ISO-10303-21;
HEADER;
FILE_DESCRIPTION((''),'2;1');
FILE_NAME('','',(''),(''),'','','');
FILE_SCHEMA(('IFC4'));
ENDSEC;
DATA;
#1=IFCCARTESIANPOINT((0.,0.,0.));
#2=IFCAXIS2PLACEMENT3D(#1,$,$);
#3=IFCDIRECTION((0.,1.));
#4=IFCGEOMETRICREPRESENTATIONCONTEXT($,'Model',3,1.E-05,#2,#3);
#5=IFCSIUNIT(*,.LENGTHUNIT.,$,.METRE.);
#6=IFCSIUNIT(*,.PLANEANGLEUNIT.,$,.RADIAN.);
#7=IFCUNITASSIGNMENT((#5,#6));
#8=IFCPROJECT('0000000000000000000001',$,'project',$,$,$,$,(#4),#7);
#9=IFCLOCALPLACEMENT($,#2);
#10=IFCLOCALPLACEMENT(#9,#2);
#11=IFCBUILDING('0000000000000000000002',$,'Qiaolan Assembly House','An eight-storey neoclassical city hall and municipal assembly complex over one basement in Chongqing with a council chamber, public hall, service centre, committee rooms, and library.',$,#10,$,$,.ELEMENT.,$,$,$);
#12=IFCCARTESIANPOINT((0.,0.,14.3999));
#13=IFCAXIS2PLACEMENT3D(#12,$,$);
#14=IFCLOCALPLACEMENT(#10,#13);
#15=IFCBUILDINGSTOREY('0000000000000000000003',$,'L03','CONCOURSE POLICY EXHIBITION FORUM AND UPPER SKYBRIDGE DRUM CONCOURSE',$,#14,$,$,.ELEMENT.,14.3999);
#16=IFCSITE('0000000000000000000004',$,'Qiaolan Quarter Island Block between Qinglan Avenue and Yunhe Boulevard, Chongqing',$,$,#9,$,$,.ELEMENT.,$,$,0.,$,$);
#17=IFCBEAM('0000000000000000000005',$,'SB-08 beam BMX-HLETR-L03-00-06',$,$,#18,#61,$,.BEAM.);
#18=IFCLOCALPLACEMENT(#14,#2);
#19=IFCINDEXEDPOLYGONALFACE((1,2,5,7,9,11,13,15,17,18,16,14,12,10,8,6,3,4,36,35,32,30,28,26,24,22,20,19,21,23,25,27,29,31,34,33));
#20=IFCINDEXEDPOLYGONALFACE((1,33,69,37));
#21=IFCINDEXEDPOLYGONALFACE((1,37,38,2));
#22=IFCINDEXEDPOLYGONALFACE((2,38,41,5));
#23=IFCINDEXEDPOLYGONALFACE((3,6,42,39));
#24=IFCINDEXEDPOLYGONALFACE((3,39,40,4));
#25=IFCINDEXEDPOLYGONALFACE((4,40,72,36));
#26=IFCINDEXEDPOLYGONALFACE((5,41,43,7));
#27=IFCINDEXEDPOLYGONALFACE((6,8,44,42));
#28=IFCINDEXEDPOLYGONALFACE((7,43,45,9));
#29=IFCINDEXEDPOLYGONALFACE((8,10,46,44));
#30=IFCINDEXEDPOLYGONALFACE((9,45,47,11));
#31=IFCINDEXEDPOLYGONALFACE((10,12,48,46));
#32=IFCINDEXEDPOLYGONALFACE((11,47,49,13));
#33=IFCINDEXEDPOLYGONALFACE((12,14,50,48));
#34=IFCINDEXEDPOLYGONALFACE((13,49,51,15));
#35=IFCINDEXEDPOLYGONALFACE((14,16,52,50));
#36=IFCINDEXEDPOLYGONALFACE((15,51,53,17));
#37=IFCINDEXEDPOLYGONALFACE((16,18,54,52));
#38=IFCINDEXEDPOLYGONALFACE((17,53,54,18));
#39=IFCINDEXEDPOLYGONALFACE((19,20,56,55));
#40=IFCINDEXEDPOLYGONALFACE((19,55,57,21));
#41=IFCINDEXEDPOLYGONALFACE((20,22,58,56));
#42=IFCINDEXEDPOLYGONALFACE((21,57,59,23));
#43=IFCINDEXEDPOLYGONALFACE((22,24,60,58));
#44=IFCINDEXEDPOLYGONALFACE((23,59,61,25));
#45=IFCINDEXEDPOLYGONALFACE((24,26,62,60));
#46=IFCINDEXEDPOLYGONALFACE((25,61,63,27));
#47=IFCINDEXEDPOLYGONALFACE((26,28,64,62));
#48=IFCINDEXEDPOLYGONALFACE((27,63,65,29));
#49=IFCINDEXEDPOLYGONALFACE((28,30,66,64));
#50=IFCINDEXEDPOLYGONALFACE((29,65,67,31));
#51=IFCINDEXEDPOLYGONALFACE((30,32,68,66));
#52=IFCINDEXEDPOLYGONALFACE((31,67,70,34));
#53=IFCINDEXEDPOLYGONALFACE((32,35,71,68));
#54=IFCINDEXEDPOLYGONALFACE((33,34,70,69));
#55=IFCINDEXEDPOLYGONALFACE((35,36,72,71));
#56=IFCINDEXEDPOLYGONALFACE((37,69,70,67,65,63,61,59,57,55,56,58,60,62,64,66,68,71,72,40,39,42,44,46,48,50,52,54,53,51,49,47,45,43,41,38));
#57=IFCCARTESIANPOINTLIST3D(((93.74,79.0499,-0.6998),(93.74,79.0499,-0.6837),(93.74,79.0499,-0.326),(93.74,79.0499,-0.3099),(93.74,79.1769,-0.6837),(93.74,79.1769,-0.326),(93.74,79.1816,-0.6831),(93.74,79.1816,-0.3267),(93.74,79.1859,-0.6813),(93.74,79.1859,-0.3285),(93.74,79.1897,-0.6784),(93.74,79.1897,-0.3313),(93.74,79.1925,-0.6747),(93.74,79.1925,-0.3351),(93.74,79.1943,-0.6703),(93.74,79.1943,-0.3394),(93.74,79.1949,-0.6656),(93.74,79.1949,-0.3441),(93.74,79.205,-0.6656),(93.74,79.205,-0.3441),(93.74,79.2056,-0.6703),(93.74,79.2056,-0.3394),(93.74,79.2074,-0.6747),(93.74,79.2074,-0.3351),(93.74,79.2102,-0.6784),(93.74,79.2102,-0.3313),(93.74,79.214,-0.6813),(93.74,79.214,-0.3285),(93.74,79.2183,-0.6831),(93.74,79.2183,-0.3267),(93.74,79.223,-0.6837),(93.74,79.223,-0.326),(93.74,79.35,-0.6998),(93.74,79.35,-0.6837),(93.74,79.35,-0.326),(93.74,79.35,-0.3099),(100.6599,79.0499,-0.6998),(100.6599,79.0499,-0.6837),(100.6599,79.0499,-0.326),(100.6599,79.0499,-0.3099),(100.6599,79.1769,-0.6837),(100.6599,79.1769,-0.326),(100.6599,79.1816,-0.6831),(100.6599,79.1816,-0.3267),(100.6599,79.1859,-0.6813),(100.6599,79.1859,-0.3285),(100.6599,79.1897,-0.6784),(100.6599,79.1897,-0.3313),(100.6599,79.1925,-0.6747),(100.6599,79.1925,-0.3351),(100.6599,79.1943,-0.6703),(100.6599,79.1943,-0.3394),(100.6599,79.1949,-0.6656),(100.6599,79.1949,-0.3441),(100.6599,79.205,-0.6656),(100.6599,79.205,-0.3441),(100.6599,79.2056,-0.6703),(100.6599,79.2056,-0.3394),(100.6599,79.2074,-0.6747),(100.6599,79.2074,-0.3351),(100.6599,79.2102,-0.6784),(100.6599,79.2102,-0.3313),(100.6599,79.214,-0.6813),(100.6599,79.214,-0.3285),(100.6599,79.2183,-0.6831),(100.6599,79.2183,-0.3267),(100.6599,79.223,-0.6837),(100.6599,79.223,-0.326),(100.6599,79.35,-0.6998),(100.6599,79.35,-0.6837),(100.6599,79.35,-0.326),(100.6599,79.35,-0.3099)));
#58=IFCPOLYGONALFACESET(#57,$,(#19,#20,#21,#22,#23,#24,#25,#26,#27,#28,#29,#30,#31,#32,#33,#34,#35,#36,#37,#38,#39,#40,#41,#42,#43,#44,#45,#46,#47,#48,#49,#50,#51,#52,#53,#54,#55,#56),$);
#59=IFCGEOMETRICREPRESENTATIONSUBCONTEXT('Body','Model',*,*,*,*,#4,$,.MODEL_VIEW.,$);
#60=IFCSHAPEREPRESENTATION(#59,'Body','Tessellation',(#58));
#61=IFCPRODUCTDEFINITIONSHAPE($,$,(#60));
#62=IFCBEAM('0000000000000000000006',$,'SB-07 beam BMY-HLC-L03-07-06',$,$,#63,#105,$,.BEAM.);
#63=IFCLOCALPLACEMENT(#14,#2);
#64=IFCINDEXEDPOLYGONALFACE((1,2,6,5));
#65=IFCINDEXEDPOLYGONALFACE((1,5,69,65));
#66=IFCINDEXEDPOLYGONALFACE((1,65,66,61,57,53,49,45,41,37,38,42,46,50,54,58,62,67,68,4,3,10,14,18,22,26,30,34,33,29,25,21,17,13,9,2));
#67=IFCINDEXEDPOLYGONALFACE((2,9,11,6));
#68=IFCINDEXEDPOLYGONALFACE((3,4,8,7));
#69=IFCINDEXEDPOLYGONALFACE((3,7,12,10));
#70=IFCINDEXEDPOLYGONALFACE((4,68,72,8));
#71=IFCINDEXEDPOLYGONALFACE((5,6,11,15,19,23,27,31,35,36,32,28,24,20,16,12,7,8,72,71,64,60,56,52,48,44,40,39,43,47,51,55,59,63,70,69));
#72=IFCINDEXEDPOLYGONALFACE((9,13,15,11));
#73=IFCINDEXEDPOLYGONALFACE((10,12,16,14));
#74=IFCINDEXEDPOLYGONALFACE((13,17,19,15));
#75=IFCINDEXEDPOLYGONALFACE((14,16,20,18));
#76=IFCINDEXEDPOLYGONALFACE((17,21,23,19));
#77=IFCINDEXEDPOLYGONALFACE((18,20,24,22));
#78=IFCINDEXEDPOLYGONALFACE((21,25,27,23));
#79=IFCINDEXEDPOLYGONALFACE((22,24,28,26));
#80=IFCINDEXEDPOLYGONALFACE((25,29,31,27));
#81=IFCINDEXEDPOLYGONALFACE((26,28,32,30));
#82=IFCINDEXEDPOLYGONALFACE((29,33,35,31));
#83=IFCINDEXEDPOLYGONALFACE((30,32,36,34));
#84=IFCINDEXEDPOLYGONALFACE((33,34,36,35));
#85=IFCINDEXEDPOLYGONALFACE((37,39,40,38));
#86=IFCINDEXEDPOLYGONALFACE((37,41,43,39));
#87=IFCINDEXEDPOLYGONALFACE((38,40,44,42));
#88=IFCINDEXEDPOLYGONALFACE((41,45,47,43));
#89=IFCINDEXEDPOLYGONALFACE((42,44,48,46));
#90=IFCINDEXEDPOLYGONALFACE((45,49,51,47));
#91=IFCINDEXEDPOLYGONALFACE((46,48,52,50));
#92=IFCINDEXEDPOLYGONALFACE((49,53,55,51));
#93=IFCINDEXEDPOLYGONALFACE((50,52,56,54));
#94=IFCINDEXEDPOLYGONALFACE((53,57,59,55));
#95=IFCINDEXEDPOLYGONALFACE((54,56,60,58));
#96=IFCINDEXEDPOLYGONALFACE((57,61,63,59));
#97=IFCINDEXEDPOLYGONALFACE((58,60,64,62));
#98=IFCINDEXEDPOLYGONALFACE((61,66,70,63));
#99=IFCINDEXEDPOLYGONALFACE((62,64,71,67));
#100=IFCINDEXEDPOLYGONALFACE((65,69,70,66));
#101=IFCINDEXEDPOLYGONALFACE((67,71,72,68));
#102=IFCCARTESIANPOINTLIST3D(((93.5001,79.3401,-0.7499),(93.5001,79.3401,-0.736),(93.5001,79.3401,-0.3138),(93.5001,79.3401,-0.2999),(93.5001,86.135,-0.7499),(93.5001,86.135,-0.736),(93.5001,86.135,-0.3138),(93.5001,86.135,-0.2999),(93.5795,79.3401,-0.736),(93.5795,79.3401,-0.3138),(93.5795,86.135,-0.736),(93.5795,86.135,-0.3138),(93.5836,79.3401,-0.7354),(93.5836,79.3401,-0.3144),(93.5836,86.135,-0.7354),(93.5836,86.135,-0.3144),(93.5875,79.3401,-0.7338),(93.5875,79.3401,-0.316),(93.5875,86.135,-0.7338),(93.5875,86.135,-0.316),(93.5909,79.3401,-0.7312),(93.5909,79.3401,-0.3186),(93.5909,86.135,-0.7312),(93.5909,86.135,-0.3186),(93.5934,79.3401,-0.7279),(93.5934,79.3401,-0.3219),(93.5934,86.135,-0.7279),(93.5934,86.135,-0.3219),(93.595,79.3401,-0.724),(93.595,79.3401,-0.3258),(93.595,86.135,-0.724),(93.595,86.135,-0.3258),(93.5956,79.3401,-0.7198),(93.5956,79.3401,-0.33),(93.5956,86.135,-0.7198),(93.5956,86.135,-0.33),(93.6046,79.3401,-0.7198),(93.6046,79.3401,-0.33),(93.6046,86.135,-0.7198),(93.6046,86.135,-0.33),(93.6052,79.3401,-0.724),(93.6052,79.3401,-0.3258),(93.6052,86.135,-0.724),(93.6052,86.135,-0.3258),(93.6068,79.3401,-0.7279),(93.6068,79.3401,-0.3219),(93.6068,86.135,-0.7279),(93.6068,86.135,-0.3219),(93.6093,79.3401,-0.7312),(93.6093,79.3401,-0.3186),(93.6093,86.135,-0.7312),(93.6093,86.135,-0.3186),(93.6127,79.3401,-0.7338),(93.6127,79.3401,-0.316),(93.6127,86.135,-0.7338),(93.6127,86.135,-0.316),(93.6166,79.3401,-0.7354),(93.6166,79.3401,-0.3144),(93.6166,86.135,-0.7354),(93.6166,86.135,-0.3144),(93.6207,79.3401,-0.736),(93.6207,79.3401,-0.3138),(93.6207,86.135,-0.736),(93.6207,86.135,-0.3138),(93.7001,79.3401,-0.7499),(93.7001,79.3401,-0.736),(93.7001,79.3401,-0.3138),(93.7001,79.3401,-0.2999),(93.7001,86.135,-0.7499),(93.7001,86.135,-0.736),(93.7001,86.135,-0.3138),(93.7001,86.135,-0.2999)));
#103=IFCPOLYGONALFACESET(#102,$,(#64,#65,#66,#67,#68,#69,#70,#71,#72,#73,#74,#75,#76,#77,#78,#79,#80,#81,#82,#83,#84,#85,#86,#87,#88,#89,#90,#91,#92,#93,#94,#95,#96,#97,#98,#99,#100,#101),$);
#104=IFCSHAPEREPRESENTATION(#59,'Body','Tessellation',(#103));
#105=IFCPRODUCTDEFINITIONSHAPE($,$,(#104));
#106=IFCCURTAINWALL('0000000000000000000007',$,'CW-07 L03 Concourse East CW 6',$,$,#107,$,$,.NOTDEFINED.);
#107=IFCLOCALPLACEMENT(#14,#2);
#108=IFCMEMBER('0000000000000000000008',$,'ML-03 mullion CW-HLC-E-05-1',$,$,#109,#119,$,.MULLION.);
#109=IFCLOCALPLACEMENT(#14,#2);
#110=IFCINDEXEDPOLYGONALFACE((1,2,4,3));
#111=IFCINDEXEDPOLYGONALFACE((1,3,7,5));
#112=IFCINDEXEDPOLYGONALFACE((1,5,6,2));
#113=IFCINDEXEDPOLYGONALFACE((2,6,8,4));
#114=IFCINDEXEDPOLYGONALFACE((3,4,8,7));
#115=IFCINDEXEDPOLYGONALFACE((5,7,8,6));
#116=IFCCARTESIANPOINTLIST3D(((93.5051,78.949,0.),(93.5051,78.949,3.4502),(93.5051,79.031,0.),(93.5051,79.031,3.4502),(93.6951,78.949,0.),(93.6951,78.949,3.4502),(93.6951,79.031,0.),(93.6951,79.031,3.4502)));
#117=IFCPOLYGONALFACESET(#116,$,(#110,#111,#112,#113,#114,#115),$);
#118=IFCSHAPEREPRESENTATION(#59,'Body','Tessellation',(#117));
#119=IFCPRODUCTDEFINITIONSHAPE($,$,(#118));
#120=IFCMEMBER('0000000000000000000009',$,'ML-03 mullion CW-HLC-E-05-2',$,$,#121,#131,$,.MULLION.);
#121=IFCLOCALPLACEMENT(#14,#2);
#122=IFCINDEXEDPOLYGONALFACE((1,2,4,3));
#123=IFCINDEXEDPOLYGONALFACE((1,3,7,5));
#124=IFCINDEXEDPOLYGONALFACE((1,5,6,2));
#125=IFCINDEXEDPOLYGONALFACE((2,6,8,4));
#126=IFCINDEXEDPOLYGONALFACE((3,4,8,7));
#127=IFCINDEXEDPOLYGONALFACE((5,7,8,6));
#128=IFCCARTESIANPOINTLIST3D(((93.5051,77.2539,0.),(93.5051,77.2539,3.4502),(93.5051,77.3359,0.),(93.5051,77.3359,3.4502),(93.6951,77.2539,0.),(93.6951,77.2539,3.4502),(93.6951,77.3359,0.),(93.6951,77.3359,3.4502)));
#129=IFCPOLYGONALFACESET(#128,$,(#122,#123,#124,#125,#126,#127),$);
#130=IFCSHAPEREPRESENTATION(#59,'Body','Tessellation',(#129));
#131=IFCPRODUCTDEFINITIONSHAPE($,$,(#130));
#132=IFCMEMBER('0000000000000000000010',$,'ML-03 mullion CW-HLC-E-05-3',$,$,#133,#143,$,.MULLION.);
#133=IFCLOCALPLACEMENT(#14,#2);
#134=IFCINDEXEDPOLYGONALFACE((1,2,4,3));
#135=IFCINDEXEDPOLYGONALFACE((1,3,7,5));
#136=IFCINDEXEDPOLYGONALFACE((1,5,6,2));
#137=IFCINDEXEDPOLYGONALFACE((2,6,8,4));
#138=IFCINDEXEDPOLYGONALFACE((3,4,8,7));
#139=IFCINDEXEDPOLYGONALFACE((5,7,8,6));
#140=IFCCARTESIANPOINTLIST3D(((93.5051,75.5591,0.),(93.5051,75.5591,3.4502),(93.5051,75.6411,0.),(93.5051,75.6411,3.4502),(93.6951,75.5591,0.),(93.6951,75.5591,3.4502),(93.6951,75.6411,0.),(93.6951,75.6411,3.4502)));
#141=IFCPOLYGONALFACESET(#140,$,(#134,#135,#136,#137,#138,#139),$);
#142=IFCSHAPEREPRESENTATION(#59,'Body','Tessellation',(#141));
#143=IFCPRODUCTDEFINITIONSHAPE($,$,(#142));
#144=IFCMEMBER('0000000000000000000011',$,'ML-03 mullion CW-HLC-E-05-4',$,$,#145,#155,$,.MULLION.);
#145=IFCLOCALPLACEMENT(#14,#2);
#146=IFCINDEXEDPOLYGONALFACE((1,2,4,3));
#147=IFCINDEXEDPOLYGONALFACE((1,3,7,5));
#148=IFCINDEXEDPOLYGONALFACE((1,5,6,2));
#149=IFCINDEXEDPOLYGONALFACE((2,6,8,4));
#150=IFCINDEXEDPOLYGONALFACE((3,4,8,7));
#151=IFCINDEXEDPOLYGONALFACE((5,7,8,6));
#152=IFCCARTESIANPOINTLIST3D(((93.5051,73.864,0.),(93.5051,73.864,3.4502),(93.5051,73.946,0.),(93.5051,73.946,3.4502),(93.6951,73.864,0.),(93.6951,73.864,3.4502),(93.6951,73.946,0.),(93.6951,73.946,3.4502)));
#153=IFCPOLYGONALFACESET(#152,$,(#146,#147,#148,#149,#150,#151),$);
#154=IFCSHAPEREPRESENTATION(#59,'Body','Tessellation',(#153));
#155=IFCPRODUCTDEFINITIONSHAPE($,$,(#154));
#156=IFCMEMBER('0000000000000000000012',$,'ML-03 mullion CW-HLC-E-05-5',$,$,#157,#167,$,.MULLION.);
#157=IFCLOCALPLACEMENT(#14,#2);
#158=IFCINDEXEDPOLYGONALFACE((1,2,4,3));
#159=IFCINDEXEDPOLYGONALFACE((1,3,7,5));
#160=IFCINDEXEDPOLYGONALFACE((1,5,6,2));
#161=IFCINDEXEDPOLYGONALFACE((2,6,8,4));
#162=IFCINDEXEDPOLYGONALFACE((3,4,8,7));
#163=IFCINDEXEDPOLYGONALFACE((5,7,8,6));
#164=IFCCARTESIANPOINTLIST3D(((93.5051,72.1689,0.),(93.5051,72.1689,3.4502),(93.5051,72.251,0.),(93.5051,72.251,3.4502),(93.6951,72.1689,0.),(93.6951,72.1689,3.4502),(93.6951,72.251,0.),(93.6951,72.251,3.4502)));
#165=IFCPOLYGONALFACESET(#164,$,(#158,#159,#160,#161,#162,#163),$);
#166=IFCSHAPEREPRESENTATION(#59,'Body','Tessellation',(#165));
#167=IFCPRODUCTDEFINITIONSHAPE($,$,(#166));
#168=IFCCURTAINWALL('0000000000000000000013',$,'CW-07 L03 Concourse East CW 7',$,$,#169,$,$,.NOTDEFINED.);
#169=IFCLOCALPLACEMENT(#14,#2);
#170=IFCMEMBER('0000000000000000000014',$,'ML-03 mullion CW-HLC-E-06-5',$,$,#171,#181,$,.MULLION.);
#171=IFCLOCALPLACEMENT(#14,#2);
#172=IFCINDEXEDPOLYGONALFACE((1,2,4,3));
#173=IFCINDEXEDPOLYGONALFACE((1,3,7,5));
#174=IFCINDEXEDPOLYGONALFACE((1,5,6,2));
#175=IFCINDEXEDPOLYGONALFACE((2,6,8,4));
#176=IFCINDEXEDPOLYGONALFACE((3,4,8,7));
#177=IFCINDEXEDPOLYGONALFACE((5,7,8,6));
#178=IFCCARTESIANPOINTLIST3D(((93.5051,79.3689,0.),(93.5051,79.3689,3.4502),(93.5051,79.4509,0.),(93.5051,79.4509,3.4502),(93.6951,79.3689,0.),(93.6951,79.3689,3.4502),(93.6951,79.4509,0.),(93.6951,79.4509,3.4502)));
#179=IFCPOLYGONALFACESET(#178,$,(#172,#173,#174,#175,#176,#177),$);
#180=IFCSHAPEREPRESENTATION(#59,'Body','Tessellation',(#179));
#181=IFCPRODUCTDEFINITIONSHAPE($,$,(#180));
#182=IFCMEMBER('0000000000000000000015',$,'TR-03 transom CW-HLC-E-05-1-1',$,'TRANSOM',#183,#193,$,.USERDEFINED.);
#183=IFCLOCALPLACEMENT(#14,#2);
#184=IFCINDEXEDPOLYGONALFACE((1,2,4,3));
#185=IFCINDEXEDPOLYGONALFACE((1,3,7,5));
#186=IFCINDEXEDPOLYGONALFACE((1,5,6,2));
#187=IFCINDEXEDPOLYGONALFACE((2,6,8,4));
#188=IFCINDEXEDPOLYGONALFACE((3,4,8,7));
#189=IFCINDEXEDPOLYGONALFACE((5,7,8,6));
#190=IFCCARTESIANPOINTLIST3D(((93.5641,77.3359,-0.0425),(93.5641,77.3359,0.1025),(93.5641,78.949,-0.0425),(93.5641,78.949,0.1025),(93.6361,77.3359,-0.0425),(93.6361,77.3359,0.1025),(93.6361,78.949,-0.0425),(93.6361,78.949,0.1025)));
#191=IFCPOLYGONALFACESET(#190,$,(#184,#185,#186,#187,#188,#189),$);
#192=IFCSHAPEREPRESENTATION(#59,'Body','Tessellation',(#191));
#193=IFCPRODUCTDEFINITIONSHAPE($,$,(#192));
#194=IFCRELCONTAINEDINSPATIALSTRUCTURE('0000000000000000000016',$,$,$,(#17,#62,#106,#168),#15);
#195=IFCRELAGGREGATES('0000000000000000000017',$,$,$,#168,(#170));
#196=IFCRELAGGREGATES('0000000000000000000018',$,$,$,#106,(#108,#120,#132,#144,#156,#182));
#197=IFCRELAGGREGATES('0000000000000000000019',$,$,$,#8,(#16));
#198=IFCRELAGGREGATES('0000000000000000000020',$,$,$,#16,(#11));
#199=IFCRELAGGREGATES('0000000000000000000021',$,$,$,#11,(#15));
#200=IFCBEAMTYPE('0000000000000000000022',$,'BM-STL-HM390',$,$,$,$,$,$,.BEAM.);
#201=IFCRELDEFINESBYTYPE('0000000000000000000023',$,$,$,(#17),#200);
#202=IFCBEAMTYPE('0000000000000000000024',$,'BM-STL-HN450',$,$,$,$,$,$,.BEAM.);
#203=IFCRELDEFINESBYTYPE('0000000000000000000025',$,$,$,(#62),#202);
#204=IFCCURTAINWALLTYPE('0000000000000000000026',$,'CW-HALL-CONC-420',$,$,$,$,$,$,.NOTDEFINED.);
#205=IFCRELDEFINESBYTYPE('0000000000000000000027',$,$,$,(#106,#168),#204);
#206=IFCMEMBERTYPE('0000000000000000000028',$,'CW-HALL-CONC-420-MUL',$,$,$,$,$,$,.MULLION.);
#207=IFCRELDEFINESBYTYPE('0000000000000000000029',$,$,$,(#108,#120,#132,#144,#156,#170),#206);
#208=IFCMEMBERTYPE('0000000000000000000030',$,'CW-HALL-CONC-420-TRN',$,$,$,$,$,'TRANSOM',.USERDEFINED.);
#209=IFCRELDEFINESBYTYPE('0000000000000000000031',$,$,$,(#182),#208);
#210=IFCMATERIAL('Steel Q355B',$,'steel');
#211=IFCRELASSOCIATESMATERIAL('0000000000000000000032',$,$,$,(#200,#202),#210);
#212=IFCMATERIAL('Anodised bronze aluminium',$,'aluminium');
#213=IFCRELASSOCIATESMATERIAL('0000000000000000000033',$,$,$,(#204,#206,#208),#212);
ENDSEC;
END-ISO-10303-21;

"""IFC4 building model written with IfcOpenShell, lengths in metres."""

from ifc_helpers import new_model, si_unit, direction, frame, origin, origin_2d, place, context, subcontext, project, spatial, rectangle, i_section, extrude, material, material_profile, profile_set, type_object, element, aggregate, save


model = new_model("IFC4")

# Units and contexts
model_context = context("Model", 3, precision=1e-05, world=origin(), true_north=direction((0.0, 1.0)))
body_context = subcontext(model_context, "Body", "Model", "MODEL_VIEW")
ifc_project = project(units=[si_unit("LENGTHUNIT", "METRE"), si_unit("PLANEANGLEUNIT", "RADIAN")], contexts=[model_context])

# Site, building, storey
site_placement = place(None, origin())
site = spatial("IfcSite", under=ifc_project, at=site_placement, Name="Qiaolan Quarter Island Block between Qinglan Avenue and Yunhe Boulevard, Chongqing", CompositionType="ELEMENT", RefElevation=0.0)
building_placement = place(site_placement, origin())
building = spatial("IfcBuilding", under=site, at=building_placement, Name="Qiaolan Assembly House", Description="An eight-storey neoclassical city hall and municipal assembly complex over one basement in Chongqing with a council chamber, public hall, service centre, committee rooms, and library.", CompositionType="ELEMENT")
storey_placement = place(building_placement, frame((0.0, 0.0, 14.3999)))
storey = spatial("IfcBuildingStorey", under=building, at=storey_placement, Name="L03", Description="CONCOURSE POLICY EXHIBITION FORUM AND UPPER SKYBRIDGE DRUM CONCOURSE", CompositionType="ELEMENT", Elevation=14.3999)

# Shared definitions
ifc_material_1 = material(Name="Steel Q355B", Category="steel")

# Beams
ifc_material_profile_1 = material_profile(ifc_material_1, i_section(OverallWidth=0.3, OverallDepth=0.3899, WebThickness=0.01, FlangeThickness=0.0161, FilletRadius=0.0181, at=origin_2d()), Name="HM 390x300x10x16")
ifc_profile_set_1 = profile_set([ifc_material_profile_1], Name="Steel Q355B")
beam_type_1 = type_object("IfcBeamType", Name="BM-STL-HM390", PredefinedType="BEAM", material=ifc_profile_set_1)
for number, where, z_axis, x_axis, name in (
    (1, (93.74, 79.2, -0.5049), (1.0, 0.0, 0.0), (0.0, 1.0, 0.0), "SB-08 beam BMX-HLETR-L03-00-06"),
):
    element("IfcBeam", number, at=place(storey_placement, frame(where, z_axis=z_axis, x_axis=x_axis)), inside=storey, type_object=beam_type_1, Name=name, PredefinedType="BEAM", context=body_context, shape_type="SweptSolid", body=[
        extrude(i_section(OverallWidth=0.3, OverallDepth=0.3899, WebThickness=0.01, FlangeThickness=0.0161, FilletRadius=0.0181, at=origin_2d()), origin(), (0.0, 0.0, 1.0), 6.9199),
    ])
ifc_material_profile_2 = material_profile(ifc_material_1, i_section(OverallWidth=0.2, OverallDepth=0.45, WebThickness=0.009, FlangeThickness=0.0139, FilletRadius=0.0161, at=origin_2d()), Name="HN 450x200x9x14")
ifc_profile_set_2 = profile_set([ifc_material_profile_2], Name="Steel Q355B")
beam_type_2 = type_object("IfcBeamType", Name="BM-STL-HN450", PredefinedType="BEAM", material=ifc_profile_set_2)
beam_1_placement = place(storey_placement, frame((93.6001, 79.3401, -0.5249), z_axis=(0.0, 1.0, 0.0), x_axis=(-1.0, 0.0, 0.0)))
element("IfcBeam", 2, at=beam_1_placement, inside=storey, type_object=beam_type_2, Name="SB-07 beam BMY-HLC-L03-07-06", PredefinedType="BEAM", context=body_context, shape_type="SweptSolid", body=[
    extrude(i_section(OverallWidth=0.2, OverallDepth=0.45, WebThickness=0.009, FlangeThickness=0.0139, FilletRadius=0.0161, at=origin_2d()), origin(), (0.0, 0.0, 1.0), 6.7949),
])

# Curtain wall, members
ifc_material_2 = material(Name="Anodised bronze aluminium", Category="aluminium")
curtain_wall_type = type_object("IfcCurtainWallType", Name="CW-HALL-CONC-420", PredefinedType="NOTDEFINED", material=ifc_material_2)
curtain_wall_1_placement = place(storey_placement, origin())
curtain_wall_1 = element("IfcCurtainWall", 3, at=curtain_wall_1_placement, inside=storey, type_object=curtain_wall_type, Name="CW-07 L03 Concourse East CW 6", PredefinedType="NOTDEFINED")
ifc_material_profile_3 = material_profile(ifc_material_2, rectangle(XDim=0.082, YDim=0.1899, at=origin_2d()), Name="MUL 82x190")
ifc_profile_set_3 = profile_set([ifc_material_profile_3], Name="Anodised bronze aluminium")
member_type_1 = type_object("IfcMemberType", Name="CW-HALL-CONC-420-MUL", PredefinedType="MULLION", material=ifc_profile_set_3)
member_1_placement = place(storey_placement, frame((93.6001, 78.99, 0.0), z_axis=(0.0, 0.0, 1.0), x_axis=(0.0, -1.0, 0.0)))
member_1 = element("IfcMember", 4, at=member_1_placement, type_object=member_type_1, Name="ML-03 mullion CW-HLC-E-05-1", PredefinedType="MULLION", context=body_context, shape_type="SweptSolid", body=[
    extrude(rectangle(XDim=0.082, YDim=0.1899, at=origin_2d()), origin(), (0.0, 0.0, 1.0), 3.4502),
])
member_2_placement = place(storey_placement, frame((93.6001, 77.2949, 0.0), z_axis=(0.0, 0.0, 1.0), x_axis=(0.0, -1.0, 0.0)))
member_2 = element("IfcMember", 5, at=member_2_placement, type_object=member_type_1, Name="ML-03 mullion CW-HLC-E-05-2", PredefinedType="MULLION", context=body_context, shape_type="SweptSolid", body=[
    extrude(rectangle(XDim=0.082, YDim=0.1899, at=origin_2d()), origin(), (0.0, 0.0, 1.0), 3.4502),
])
member_3_placement = place(storey_placement, frame((93.6001, 75.6001, 0.0), z_axis=(0.0, 0.0, 1.0), x_axis=(0.0, -1.0, 0.0)))
member_3 = element("IfcMember", 6, at=member_3_placement, type_object=member_type_1, Name="ML-03 mullion CW-HLC-E-05-3", PredefinedType="MULLION", context=body_context, shape_type="SweptSolid", body=[
    extrude(rectangle(XDim=0.082, YDim=0.1899, at=origin_2d()), origin(), (0.0, 0.0, 1.0), 3.4502),
])
member_4_placement = place(storey_placement, frame((93.6001, 73.905, 0.0), z_axis=(0.0, 0.0, 1.0), x_axis=(0.0, -1.0, 0.0)))
member_4 = element("IfcMember", 7, at=member_4_placement, type_object=member_type_1, Name="ML-03 mullion CW-HLC-E-05-4", PredefinedType="MULLION", context=body_context, shape_type="SweptSolid", body=[
    extrude(rectangle(XDim=0.082, YDim=0.1899, at=origin_2d()), origin(), (0.0, 0.0, 1.0), 3.4502),
])
member_5_placement = place(storey_placement, frame((93.6001, 72.21, 0.0), z_axis=(0.0, 0.0, 1.0), x_axis=(0.0, -1.0, 0.0)))
member_5 = element("IfcMember", 8, at=member_5_placement, type_object=member_type_1, Name="ML-03 mullion CW-HLC-E-05-5", PredefinedType="MULLION", context=body_context, shape_type="SweptSolid", body=[
    extrude(rectangle(XDim=0.082, YDim=0.1899, at=origin_2d()), origin(), (0.0, 0.0, 1.0), 3.4502),
])

# Curtain wall, member
curtain_wall_2_placement = place(storey_placement, origin())
curtain_wall_2 = element("IfcCurtainWall", 9, at=curtain_wall_2_placement, inside=storey, type_object=curtain_wall_type, Name="CW-07 L03 Concourse East CW 7", PredefinedType="NOTDEFINED")
member_6_placement = place(storey_placement, frame((93.6001, 79.4099, 0.0), z_axis=(0.0, 0.0, 1.0), x_axis=(0.0, -1.0, 0.0)))
member_6 = element("IfcMember", 10, at=member_6_placement, type_object=member_type_1, Name="ML-03 mullion CW-HLC-E-06-5", PredefinedType="MULLION", context=body_context, shape_type="SweptSolid", body=[
    extrude(rectangle(XDim=0.082, YDim=0.1899, at=origin_2d()), origin(), (0.0, 0.0, 1.0), 3.4502),
])
aggregate(curtain_wall_2, [member_6])

# Member
ifc_material_profile_4 = material_profile(ifc_material_2, rectangle(XDim=0.072, YDim=0.145, at=origin_2d()), Name="TRN 72x145")
ifc_profile_set_4 = profile_set([ifc_material_profile_4], Name="Anodised bronze aluminium")
member_type_2 = type_object("IfcMemberType", Name="CW-HALL-CONC-420-TRN", ElementType="TRANSOM", PredefinedType="USERDEFINED", material=ifc_profile_set_4)
member_7_placement = place(storey_placement, frame((93.6001, 78.949, 0.03), z_axis=(0.0, -1.0, 0.0), x_axis=(1.0, 0.0, 0.0)))
member_7 = element("IfcMember", 11, at=member_7_placement, type_object=member_type_2, Name="TR-03 transom CW-HLC-E-05-1-1", ObjectType="TRANSOM", PredefinedType="USERDEFINED", context=body_context, shape_type="SweptSolid", body=[
    extrude(rectangle(XDim=0.072, YDim=0.145, at=origin_2d()), origin(), (0.0, 0.0, 1.0), 1.613),
])

aggregate(curtain_wall_1, [member_1, member_2, member_3, member_4, member_5, member_7])

save(model, "model.ifc")
